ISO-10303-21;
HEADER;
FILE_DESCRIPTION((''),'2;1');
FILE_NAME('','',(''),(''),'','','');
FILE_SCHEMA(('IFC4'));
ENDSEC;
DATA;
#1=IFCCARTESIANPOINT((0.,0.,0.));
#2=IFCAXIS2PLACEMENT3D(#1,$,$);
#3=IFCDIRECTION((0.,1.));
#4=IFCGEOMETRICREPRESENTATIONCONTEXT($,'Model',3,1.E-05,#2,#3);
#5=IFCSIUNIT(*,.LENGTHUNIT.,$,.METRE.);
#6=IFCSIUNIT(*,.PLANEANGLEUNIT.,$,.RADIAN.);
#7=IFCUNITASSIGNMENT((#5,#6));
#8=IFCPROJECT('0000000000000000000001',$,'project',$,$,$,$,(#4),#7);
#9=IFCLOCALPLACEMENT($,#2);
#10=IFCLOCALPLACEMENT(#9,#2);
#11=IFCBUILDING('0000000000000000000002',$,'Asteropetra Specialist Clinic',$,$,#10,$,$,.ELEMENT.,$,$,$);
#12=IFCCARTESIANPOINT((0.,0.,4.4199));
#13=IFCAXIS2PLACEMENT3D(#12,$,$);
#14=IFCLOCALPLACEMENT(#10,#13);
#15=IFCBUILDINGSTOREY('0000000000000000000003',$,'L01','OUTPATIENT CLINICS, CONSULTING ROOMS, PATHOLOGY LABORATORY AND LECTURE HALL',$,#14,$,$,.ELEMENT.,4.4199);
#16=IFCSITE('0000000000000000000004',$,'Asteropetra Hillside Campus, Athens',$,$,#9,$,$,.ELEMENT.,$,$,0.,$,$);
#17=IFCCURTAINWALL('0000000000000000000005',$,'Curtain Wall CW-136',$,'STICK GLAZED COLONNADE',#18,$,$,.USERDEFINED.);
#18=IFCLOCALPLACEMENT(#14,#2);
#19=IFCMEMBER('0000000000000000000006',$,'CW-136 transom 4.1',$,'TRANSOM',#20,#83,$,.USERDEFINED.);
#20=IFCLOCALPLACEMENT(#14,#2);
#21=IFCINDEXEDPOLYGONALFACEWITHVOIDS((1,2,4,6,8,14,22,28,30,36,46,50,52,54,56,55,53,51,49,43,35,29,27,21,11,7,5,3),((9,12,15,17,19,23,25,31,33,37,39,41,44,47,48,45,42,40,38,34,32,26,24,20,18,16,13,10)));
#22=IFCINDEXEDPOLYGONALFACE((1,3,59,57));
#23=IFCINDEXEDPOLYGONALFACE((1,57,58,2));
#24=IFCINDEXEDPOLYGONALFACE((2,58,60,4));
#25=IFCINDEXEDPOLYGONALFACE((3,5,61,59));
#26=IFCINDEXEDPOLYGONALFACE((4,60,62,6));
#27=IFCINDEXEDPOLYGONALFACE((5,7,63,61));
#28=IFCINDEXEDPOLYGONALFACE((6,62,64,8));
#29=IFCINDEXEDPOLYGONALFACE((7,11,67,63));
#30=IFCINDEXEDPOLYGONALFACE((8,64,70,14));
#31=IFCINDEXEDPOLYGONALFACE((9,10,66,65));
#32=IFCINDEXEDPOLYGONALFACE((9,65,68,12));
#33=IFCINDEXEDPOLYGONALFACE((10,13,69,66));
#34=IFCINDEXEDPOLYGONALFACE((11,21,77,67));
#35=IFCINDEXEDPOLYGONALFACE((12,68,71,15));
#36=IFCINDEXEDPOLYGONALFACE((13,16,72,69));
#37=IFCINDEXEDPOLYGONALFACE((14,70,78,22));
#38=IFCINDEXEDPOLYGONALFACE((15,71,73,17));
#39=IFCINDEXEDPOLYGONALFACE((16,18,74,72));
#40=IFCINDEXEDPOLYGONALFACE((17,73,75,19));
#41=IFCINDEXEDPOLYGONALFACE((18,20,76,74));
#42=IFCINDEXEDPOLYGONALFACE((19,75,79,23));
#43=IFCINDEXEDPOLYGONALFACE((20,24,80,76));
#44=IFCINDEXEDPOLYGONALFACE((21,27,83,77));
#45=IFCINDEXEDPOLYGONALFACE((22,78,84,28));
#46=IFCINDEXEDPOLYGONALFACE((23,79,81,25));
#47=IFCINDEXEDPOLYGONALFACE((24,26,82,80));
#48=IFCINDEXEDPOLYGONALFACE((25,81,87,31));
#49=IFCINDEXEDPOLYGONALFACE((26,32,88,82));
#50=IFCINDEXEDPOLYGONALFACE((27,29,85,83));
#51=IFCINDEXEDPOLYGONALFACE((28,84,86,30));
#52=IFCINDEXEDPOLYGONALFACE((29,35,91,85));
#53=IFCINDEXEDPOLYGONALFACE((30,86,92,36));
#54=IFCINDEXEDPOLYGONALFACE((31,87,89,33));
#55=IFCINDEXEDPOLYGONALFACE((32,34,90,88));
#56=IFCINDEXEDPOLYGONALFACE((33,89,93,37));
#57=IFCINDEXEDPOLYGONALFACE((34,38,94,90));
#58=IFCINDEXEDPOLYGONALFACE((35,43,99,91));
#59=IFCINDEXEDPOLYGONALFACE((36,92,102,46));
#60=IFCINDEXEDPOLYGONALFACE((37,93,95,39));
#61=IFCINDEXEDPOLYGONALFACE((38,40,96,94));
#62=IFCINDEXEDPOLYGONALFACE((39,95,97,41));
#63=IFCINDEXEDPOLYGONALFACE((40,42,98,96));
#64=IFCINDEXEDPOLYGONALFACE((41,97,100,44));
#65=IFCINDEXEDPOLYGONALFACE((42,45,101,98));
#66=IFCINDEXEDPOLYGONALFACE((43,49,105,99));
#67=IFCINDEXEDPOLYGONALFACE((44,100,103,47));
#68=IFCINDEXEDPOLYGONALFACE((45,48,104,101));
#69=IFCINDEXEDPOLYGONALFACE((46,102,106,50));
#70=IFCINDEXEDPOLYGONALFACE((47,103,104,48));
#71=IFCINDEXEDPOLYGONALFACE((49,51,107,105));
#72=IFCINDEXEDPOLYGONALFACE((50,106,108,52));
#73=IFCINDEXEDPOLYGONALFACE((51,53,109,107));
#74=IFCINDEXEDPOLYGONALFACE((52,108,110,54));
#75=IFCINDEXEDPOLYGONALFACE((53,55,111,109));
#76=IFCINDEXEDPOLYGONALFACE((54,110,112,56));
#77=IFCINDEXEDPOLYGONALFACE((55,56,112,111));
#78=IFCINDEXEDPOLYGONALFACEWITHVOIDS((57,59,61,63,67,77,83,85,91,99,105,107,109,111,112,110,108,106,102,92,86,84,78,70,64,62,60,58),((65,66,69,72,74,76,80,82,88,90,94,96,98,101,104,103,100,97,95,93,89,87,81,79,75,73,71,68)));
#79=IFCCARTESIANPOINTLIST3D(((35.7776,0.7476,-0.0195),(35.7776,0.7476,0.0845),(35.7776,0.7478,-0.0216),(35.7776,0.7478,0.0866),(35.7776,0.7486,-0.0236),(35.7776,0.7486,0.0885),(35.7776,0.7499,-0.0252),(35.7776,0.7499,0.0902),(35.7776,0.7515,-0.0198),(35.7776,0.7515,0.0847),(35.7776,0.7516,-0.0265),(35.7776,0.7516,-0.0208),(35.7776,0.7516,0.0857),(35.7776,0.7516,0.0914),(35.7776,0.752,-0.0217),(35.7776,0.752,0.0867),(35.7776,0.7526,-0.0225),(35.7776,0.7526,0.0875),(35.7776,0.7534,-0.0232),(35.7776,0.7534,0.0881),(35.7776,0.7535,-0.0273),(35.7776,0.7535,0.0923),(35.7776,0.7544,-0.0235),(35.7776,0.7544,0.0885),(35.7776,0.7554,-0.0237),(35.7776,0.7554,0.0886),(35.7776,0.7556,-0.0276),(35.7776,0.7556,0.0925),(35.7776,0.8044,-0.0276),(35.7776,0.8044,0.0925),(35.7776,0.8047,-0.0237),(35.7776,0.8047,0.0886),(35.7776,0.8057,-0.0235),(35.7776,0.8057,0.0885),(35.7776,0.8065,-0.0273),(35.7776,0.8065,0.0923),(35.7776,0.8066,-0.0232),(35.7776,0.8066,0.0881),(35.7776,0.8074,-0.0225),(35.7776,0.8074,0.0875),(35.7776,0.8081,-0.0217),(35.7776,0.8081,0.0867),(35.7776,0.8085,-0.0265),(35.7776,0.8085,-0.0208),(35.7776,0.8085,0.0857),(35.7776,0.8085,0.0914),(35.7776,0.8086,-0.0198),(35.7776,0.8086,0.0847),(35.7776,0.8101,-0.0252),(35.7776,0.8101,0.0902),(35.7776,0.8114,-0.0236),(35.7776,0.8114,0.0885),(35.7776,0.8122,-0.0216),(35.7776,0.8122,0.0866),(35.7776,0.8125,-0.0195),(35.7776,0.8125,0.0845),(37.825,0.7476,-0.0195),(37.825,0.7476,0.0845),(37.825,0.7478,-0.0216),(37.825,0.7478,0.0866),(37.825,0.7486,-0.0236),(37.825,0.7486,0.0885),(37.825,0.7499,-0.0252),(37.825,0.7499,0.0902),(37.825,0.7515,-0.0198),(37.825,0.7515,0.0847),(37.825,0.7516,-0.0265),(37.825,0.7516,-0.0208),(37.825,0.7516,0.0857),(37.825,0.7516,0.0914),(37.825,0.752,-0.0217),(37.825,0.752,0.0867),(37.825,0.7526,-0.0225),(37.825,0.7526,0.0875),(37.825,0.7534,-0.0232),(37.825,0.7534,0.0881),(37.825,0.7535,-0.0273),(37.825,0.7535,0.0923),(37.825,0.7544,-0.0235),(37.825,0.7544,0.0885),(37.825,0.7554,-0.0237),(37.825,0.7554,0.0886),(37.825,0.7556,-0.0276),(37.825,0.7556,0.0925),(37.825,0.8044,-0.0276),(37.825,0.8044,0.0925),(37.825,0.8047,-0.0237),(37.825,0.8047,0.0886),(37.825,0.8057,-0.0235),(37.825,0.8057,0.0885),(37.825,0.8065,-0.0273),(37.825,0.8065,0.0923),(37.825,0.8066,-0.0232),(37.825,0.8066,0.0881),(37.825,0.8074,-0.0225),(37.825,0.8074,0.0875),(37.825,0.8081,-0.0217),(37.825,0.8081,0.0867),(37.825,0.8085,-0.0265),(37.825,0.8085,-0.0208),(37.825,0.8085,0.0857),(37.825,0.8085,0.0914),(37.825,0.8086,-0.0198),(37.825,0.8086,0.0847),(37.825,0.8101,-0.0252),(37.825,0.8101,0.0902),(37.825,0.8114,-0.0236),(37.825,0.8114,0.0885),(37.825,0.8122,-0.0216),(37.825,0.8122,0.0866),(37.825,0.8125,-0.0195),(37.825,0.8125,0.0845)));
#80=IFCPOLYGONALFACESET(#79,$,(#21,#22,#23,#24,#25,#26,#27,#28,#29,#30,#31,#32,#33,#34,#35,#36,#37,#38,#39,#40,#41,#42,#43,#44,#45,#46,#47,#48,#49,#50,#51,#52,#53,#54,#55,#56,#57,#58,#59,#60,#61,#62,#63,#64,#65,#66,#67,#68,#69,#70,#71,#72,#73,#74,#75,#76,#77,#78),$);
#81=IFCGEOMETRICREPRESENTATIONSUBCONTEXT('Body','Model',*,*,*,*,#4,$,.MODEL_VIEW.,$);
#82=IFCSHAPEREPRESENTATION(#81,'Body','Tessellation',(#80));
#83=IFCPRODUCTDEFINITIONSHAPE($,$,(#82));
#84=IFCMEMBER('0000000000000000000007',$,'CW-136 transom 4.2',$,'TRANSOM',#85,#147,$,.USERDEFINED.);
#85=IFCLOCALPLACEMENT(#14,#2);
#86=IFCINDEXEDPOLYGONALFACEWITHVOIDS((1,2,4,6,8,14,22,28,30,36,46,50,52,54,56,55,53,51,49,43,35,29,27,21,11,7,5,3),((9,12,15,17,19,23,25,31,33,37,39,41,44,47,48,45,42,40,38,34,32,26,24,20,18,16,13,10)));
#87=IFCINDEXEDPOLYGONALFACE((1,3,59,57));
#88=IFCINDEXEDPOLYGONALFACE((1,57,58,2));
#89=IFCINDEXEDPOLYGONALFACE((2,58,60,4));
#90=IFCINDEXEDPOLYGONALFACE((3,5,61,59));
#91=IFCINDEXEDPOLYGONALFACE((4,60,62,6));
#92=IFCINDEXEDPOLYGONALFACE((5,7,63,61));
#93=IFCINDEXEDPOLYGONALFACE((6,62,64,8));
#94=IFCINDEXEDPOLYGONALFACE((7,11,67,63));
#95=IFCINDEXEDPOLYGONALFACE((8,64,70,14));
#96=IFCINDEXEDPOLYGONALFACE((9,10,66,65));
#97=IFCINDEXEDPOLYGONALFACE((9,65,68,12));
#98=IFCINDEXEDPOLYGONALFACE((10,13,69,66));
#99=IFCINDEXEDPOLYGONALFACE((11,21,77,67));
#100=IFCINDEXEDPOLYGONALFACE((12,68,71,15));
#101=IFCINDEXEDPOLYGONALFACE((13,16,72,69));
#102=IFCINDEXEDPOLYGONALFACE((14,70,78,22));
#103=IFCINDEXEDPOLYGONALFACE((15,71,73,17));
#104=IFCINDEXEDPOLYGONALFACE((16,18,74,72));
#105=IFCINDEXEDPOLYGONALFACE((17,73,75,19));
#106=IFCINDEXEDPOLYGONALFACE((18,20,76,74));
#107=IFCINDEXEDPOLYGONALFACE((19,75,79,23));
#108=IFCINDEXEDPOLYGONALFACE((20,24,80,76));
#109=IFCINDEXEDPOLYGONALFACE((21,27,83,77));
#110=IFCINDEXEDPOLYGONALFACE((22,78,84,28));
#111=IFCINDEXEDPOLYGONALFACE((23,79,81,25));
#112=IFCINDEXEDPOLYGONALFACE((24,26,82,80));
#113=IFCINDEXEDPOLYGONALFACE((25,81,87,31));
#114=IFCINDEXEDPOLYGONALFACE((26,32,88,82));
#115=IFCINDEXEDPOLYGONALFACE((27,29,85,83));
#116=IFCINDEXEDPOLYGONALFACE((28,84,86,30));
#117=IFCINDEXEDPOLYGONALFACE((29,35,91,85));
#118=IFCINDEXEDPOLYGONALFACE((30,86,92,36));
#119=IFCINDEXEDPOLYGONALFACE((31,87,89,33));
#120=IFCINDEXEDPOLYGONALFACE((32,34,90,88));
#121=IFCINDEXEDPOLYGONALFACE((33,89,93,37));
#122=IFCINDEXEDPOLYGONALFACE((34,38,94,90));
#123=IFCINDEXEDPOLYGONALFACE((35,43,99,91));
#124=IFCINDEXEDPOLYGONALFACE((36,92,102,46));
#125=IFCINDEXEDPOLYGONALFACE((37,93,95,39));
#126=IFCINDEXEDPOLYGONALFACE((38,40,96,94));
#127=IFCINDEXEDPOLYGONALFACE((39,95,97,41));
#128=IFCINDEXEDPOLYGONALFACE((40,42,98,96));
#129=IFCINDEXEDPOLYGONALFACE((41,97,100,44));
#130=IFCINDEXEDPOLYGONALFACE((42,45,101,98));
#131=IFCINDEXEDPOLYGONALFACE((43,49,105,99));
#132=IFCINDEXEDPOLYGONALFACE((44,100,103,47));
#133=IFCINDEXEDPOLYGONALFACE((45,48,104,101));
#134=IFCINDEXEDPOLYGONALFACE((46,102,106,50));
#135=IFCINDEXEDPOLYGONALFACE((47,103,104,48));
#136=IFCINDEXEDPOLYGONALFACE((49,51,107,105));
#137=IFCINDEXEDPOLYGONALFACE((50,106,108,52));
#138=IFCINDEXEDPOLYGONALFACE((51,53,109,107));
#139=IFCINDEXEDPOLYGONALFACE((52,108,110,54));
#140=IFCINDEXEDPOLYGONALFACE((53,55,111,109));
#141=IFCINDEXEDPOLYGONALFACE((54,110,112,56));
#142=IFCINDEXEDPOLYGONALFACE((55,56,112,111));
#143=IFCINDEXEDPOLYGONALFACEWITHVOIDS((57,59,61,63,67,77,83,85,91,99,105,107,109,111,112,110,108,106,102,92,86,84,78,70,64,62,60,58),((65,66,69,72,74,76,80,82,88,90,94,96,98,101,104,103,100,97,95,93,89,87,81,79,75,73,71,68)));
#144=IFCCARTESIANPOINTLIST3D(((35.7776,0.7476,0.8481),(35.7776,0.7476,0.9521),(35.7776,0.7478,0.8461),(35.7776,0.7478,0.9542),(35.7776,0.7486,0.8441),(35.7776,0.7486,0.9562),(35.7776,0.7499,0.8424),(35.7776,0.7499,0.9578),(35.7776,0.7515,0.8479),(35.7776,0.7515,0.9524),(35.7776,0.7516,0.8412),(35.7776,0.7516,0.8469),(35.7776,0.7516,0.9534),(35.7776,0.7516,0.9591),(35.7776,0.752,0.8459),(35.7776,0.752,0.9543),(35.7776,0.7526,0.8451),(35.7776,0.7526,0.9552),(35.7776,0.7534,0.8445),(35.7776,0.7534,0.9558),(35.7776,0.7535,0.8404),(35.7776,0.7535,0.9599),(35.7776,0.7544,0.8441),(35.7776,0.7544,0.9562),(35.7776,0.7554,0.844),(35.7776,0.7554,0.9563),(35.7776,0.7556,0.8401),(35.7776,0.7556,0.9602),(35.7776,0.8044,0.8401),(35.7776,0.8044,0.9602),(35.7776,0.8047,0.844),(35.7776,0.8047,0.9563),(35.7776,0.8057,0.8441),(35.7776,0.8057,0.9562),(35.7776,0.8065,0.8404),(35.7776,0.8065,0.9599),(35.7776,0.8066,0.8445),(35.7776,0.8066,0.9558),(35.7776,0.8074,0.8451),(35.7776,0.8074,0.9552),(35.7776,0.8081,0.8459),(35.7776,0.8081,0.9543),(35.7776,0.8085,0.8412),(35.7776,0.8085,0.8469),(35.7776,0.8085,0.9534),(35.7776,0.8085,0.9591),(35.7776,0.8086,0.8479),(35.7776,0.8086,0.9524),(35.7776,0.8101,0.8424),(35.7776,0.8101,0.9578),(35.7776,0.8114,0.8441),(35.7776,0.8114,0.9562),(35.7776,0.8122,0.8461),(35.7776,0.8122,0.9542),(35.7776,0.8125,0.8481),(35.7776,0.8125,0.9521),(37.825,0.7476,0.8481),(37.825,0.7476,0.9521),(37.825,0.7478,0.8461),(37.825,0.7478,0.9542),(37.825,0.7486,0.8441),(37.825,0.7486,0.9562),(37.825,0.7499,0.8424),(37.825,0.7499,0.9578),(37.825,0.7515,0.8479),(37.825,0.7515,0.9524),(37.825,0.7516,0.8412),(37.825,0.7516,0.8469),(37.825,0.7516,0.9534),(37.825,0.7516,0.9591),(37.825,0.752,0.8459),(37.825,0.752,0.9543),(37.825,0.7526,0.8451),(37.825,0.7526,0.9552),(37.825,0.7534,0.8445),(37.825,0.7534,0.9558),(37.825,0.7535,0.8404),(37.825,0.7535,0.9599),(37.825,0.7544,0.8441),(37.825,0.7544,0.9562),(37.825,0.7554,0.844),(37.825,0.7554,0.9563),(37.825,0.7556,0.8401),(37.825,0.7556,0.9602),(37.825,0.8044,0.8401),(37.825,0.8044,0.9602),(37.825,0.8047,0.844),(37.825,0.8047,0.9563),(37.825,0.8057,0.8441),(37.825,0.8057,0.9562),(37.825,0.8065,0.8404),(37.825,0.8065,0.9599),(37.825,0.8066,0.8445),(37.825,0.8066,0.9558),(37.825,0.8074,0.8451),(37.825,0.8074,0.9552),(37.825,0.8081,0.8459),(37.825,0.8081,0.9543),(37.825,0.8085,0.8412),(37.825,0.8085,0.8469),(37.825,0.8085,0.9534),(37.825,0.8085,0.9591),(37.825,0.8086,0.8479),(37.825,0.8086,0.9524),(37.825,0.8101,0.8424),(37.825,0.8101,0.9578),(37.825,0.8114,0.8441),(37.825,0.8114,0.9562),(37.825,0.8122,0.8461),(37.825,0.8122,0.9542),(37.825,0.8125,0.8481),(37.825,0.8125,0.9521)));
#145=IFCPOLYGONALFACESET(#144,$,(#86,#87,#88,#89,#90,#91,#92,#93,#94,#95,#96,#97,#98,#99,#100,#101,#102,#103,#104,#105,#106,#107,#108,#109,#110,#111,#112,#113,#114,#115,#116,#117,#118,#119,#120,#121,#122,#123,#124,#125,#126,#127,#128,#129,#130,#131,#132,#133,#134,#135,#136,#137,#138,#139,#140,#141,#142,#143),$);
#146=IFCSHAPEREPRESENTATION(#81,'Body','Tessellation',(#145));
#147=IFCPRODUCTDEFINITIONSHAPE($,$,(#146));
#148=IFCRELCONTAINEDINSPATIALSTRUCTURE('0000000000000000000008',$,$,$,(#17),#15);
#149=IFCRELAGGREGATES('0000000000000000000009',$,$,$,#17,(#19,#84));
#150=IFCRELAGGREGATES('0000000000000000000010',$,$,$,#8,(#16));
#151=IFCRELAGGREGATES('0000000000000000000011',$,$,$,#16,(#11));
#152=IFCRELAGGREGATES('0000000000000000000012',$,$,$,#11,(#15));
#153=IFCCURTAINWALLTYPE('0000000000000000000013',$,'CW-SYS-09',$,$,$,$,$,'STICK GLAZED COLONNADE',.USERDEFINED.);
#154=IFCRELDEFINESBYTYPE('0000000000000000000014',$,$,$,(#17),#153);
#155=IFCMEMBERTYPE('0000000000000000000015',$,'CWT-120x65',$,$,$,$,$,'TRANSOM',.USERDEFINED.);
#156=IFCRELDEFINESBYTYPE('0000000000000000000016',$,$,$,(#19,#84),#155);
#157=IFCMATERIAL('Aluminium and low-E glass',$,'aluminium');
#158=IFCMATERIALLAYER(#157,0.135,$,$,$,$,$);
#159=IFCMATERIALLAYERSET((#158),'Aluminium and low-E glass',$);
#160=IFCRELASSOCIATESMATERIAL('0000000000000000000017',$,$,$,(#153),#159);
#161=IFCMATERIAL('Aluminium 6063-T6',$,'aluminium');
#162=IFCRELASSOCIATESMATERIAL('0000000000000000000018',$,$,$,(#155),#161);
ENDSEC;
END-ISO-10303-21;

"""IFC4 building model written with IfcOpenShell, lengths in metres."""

from ifc_helpers import new_model, si_unit, direction, frame, origin, origin_2d, place, context, subcontext, project, spatial, hollow_rectangle, extrude, material, layer, layer_set, material_profile, profile_set, type_object, element, aggregate, save


model = new_model("IFC4")

# Units and contexts
model_context = context("Model", 3, precision=1e-05, world=origin(), true_north=direction((0.0, 1.0)))
body_context = subcontext(model_context, "Body", "Model", "MODEL_VIEW")
ifc_project = project(units=[si_unit("LENGTHUNIT", "METRE"), si_unit("PLANEANGLEUNIT", "RADIAN")], contexts=[model_context])

# Site, building, storey
site_placement = place(None, origin())
site = spatial("IfcSite", under=ifc_project, at=site_placement, Name="Asteropetra Hillside Campus, Athens", CompositionType="ELEMENT", RefElevation=0.0)
building_placement = place(site_placement, origin())
building = spatial("IfcBuilding", under=site, at=building_placement, Name="Asteropetra Specialist Clinic", CompositionType="ELEMENT")
storey_placement = place(building_placement, frame((0.0, 0.0, 4.4199)))
storey = spatial("IfcBuildingStorey", under=building, at=storey_placement, Name="L01", Description="OUTPATIENT CLINICS, CONSULTING ROOMS, PATHOLOGY LABORATORY AND LECTURE HALL", CompositionType="ELEMENT", Elevation=4.4199)

# Curtain wall, members
ifc_material_1 = material(Name="Aluminium and low-E glass", Category="aluminium")
ifc_layer_1 = layer(ifc_material_1, 0.135)
ifc_layer_set_1 = layer_set([ifc_layer_1], Name="Aluminium and low-E glass")
curtain_wall_type = type_object("IfcCurtainWallType", Name="CW-SYS-09", ElementType="STICK GLAZED COLONNADE", PredefinedType="USERDEFINED", material=ifc_layer_set_1)
curtain_wall_placement = place(storey_placement, origin())
curtain_wall = element("IfcCurtainWall", 1, at=curtain_wall_placement, inside=storey, type_object=curtain_wall_type, Name="Curtain Wall CW-136", ObjectType="STICK GLAZED COLONNADE", PredefinedType="USERDEFINED")
ifc_material_2 = material(Name="Aluminium 6063-T6", Category="aluminium")
ifc_material_profile_1 = material_profile(ifc_material_2, hollow_rectangle(XDim=0.0649, YDim=0.1201, WallThickness=0.0039, InnerFilletRadius=0.0039, OuterFilletRadius=0.0081, at=origin_2d()), Name="TRN 120x65x4.0")
ifc_profile_set_1 = profile_set([ifc_material_profile_1], Name="Aluminium 6063-T6")
member_type_1 = type_object("IfcMemberType", Name="CWT-120x65", ElementType="TRANSOM", PredefinedType="USERDEFINED", material=ifc_profile_set_1)
member_1_placement = place(storey_placement, frame((35.7776, 0.78, 0.0325), z_axis=(1.0, 0.0, 0.0), x_axis=(0.0, 1.0, 0.0)))
member_1 = element("IfcMember", 2, at=member_1_placement, type_object=member_type_1, Name="CW-136 transom 4.1", ObjectType="TRANSOM", PredefinedType="USERDEFINED", context=body_context, shape_type="SweptSolid", body=[
    extrude(hollow_rectangle(XDim=0.0649, YDim=0.1201, WallThickness=0.0039, InnerFilletRadius=0.0039, OuterFilletRadius=0.0081, at=origin_2d()), origin(), (0.0, 0.0, 1.0), 2.0474),
])
member_2_placement = place(storey_placement, frame((35.7776, 0.78, 0.9001), z_axis=(1.0, 0.0, 0.0), x_axis=(0.0, 1.0, 0.0)))
member_2 = element("IfcMember", 3, at=member_2_placement, type_object=member_type_1, Name="CW-136 transom 4.2", ObjectType="TRANSOM", PredefinedType="USERDEFINED", context=body_context, shape_type="SweptSolid", body=[
    extrude(hollow_rectangle(XDim=0.0649, YDim=0.1201, WallThickness=0.0039, InnerFilletRadius=0.0039, OuterFilletRadius=0.0081, at=origin_2d()), origin(), (0.0, 0.0, 1.0), 2.0474),
])

aggregate(curtain_wall, [member_1, member_2])

save(model, "model.ifc")
